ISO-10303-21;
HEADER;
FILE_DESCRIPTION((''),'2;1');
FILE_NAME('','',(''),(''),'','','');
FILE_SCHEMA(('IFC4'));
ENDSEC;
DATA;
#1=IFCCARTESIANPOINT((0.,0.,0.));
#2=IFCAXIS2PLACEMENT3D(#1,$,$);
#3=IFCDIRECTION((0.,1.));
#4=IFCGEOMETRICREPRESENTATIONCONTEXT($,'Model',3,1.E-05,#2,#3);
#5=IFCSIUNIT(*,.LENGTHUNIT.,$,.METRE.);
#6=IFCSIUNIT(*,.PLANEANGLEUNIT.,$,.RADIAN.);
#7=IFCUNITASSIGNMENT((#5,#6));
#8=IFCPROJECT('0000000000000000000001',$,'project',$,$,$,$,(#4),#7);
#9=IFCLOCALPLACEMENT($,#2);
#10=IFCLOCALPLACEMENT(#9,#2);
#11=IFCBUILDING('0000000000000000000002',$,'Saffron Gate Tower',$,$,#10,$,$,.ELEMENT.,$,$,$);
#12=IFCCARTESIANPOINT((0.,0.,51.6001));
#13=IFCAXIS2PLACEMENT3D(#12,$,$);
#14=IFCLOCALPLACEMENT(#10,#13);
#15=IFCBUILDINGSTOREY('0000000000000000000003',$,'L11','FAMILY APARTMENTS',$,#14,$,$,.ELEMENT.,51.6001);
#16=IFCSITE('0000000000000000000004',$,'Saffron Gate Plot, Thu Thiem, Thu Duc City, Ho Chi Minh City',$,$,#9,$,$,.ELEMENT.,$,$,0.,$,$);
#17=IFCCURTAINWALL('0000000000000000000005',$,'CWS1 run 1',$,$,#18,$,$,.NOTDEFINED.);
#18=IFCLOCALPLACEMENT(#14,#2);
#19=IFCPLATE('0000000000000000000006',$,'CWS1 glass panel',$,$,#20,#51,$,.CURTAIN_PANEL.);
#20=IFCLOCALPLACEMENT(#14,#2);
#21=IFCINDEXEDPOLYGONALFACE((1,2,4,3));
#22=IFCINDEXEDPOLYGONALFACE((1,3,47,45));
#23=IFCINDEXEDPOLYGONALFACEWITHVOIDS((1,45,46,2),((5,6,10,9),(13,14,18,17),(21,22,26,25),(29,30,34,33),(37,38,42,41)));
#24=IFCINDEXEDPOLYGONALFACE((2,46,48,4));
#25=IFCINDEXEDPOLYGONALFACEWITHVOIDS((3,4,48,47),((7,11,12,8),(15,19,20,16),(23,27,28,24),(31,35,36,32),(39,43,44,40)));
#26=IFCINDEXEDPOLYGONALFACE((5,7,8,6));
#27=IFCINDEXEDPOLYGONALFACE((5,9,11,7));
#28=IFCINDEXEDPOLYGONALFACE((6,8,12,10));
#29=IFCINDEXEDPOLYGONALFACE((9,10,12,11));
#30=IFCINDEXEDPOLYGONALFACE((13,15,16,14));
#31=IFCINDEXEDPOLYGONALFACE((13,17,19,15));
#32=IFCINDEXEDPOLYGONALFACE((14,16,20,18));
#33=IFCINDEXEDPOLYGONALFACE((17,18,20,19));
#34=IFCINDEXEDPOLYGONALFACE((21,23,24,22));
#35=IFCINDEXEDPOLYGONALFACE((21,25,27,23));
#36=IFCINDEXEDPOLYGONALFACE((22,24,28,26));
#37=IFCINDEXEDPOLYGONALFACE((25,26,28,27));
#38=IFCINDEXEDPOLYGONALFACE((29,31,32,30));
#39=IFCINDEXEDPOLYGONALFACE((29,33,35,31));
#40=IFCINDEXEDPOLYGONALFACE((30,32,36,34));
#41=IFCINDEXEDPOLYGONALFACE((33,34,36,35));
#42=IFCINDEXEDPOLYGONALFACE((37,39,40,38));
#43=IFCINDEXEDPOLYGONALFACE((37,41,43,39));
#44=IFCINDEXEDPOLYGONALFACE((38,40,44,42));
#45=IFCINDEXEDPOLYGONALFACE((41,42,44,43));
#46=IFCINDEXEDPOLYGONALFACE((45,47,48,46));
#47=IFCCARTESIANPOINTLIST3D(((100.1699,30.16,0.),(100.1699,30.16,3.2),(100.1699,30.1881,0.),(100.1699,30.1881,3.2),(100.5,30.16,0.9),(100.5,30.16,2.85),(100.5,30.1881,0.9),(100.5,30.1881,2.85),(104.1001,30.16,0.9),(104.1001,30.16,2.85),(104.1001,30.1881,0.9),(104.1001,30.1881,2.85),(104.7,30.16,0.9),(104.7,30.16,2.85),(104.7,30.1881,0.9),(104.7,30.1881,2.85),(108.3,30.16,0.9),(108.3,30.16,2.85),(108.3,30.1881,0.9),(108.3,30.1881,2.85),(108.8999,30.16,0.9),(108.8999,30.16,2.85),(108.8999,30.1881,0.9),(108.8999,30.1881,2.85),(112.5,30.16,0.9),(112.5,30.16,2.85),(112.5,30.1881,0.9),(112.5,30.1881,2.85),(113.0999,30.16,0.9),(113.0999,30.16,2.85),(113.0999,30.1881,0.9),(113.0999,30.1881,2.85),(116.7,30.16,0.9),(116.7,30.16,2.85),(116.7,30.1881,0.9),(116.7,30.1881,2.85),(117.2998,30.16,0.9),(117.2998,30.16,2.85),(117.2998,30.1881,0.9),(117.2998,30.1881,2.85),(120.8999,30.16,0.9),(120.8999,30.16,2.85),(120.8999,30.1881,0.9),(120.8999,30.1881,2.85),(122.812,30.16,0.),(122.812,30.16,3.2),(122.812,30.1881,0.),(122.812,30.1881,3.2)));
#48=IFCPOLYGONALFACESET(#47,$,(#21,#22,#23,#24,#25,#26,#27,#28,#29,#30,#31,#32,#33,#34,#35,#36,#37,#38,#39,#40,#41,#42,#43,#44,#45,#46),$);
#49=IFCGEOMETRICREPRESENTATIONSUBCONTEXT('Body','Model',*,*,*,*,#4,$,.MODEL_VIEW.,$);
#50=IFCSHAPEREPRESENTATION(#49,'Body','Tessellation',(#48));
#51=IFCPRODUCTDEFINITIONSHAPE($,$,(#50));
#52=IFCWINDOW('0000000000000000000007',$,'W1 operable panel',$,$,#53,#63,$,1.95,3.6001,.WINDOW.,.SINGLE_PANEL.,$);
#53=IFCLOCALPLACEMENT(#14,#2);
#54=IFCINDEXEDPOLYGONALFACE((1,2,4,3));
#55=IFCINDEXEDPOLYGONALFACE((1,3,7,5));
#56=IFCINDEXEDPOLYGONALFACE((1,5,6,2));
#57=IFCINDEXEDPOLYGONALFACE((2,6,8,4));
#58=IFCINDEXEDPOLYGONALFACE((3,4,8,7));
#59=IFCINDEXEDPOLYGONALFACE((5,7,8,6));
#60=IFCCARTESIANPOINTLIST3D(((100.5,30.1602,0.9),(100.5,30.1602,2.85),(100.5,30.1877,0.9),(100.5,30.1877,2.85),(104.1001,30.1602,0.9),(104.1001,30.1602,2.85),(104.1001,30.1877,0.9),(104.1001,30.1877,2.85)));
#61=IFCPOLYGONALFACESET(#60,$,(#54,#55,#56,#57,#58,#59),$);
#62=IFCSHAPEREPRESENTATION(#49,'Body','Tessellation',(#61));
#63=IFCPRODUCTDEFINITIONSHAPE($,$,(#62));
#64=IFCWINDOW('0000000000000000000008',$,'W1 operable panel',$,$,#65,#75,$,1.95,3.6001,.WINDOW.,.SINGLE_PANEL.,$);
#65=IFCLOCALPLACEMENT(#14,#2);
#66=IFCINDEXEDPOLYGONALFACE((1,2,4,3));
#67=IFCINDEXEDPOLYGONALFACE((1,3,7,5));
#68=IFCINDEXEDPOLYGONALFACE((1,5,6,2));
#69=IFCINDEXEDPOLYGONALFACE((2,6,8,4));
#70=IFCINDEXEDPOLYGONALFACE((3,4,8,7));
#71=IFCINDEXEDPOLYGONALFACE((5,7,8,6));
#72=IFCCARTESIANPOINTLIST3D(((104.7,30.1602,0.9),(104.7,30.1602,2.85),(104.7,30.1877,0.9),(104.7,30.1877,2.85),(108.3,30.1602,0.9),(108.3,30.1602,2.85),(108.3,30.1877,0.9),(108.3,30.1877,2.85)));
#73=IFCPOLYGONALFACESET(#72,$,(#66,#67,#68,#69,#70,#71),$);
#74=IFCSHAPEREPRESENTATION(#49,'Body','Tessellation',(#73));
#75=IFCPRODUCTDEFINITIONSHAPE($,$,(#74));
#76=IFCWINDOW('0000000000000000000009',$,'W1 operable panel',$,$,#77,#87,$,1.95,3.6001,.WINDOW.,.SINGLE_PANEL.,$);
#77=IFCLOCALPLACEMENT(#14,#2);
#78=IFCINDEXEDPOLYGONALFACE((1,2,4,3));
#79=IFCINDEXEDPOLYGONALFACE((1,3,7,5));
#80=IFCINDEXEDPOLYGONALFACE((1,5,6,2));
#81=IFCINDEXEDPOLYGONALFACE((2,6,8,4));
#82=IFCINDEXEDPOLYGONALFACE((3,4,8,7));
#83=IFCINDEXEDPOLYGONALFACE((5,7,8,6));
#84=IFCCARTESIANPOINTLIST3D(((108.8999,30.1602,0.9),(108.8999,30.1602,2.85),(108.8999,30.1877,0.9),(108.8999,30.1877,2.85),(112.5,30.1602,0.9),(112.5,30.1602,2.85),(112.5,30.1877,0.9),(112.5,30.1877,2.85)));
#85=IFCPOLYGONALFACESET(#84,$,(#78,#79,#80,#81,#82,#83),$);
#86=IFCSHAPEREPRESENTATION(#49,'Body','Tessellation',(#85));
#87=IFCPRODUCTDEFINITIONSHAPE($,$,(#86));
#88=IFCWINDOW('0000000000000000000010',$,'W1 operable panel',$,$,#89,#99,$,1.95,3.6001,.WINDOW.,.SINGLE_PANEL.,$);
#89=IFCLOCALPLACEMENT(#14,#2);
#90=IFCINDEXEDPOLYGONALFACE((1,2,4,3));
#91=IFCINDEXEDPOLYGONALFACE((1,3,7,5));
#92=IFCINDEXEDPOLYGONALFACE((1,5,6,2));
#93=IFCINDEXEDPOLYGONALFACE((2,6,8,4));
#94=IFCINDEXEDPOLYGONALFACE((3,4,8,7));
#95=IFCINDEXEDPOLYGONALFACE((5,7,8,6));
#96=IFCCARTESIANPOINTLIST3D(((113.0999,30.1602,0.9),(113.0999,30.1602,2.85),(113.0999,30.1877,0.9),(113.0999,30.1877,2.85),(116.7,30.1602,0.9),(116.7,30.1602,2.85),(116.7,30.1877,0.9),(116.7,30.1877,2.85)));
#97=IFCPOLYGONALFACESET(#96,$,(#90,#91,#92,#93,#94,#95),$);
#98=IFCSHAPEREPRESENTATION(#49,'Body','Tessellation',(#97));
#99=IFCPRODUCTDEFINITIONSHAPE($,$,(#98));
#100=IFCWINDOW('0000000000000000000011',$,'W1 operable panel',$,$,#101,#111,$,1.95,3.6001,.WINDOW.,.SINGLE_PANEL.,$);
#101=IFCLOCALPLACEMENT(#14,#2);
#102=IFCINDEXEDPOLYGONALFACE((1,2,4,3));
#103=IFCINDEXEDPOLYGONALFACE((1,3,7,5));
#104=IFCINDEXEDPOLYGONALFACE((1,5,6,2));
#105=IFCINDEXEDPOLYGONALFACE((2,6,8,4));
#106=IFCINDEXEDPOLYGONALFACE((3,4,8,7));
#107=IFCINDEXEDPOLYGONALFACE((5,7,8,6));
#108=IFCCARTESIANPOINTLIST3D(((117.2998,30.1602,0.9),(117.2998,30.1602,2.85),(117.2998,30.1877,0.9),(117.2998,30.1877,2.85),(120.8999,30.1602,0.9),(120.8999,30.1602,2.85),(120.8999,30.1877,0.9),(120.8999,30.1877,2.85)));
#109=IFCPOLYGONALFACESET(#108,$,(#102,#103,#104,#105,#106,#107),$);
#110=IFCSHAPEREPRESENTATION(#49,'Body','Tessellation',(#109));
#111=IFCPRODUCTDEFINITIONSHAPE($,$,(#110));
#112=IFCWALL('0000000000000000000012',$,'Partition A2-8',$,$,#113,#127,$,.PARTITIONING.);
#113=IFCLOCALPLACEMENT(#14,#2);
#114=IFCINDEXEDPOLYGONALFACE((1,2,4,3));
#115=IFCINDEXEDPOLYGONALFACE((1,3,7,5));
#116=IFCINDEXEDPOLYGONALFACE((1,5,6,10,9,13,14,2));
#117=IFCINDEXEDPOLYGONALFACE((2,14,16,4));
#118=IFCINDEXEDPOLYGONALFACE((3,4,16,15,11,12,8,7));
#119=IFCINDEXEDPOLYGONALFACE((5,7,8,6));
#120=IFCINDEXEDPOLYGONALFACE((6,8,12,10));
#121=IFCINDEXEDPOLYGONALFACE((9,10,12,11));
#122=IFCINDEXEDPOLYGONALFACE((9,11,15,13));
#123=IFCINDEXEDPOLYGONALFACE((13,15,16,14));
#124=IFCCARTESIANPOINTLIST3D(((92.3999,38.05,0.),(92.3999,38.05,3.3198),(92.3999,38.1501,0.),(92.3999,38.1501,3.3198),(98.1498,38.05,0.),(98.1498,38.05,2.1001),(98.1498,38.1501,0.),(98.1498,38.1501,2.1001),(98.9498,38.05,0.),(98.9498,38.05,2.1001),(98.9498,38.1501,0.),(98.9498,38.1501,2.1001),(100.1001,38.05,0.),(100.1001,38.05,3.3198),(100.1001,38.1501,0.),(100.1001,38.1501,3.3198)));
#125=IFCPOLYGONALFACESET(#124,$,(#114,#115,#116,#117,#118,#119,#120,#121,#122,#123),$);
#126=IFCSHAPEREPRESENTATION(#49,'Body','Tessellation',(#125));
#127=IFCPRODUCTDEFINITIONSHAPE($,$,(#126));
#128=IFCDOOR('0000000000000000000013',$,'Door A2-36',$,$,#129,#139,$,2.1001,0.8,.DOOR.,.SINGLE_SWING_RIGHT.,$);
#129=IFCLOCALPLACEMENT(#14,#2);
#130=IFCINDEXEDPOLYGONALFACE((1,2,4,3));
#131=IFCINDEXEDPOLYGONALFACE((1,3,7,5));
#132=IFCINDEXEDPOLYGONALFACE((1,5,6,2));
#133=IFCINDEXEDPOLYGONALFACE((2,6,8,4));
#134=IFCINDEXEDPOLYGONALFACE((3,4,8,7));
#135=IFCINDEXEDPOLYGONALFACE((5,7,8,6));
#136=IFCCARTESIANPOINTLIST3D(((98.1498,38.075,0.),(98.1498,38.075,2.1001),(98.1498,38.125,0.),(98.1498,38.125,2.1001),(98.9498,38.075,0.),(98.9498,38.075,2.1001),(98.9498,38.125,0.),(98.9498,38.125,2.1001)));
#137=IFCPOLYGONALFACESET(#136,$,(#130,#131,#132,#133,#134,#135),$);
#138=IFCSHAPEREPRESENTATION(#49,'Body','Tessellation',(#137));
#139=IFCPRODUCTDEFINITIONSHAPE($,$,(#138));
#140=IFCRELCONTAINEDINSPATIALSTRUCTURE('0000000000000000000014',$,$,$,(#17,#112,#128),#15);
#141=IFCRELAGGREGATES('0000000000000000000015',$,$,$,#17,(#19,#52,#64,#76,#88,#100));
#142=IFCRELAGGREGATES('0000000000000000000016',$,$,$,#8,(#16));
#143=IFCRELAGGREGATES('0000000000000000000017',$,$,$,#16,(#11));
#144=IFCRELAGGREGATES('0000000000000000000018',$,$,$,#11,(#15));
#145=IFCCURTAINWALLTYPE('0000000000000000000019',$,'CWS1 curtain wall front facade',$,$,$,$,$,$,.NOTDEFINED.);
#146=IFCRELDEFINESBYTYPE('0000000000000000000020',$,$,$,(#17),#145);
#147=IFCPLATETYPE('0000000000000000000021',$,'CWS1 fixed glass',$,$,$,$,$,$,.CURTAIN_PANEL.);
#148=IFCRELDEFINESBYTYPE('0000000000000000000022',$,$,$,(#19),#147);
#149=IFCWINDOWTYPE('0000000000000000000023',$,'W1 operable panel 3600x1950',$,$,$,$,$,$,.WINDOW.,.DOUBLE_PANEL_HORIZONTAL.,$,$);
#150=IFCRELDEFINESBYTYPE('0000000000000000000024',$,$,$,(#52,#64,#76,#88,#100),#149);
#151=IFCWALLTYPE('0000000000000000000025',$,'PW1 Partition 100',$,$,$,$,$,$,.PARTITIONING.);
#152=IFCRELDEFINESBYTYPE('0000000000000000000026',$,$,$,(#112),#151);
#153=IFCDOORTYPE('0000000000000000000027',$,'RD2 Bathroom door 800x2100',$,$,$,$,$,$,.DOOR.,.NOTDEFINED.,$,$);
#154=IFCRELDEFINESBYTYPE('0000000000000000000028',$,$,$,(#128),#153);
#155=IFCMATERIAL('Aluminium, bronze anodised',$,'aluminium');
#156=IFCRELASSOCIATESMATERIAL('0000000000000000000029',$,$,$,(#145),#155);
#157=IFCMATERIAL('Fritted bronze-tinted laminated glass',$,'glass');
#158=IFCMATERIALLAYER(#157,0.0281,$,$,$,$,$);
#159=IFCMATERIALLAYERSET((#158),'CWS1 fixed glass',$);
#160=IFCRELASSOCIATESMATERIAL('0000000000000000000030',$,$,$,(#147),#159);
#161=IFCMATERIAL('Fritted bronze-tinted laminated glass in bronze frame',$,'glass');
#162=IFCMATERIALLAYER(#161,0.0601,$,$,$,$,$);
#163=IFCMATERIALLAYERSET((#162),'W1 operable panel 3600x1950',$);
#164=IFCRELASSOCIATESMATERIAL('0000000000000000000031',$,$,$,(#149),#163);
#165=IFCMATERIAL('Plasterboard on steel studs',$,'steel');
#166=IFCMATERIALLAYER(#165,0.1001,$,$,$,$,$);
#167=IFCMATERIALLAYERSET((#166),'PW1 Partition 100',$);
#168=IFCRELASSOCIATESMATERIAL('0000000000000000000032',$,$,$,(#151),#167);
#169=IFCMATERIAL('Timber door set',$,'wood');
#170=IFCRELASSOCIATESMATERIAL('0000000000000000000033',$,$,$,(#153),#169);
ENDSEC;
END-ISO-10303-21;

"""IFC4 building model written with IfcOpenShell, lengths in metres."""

from ifc_helpers import new_model, si_unit, direction, frame, frame_2d, origin, place, context, subcontext, project, spatial, rectangle, extrude, material, layer, layer_set, type_object, element, fill, aggregate, save


model = new_model("IFC4")

# Units and contexts
model_context = context("Model", 3, precision=1e-05, world=origin(), true_north=direction((0.0, 1.0)))
body_context = subcontext(model_context, "Body", "Model", "MODEL_VIEW")
ifc_project = project(units=[si_unit("LENGTHUNIT", "METRE"), si_unit("PLANEANGLEUNIT", "RADIAN")], contexts=[model_context])

# Site, building, storey
site_placement = place(None, origin())
site = spatial("IfcSite", under=ifc_project, at=site_placement, Name="Saffron Gate Plot, Thu Thiem, Thu Duc City, Ho Chi Minh City", CompositionType="ELEMENT", RefElevation=0.0)
building_placement = place(site_placement, origin())
building = spatial("IfcBuilding", under=site, at=building_placement, Name="Saffron Gate Tower", CompositionType="ELEMENT")
storey_placement = place(building_placement, frame((0.0, 0.0, 51.6001)))
storey = spatial("IfcBuildingStorey", under=building, at=storey_placement, Name="L11", Description="FAMILY APARTMENTS", CompositionType="ELEMENT", Elevation=51.6001)

# Curtain wall, plate, openings, windows
ifc_material_1 = material(Name="Aluminium, bronze anodised", Category="aluminium")
curtain_wall_type = type_object("IfcCurtainWallType", Name="CWS1 curtain wall front facade", PredefinedType="NOTDEFINED", material=ifc_material_1)
curtain_wall_placement = place(storey_placement, origin())
curtain_wall = element("IfcCurtainWall", 1, at=curtain_wall_placement, inside=storey, type_object=curtain_wall_type, Name="CWS1 run 1", PredefinedType="NOTDEFINED")
ifc_material_2 = material(Name="Fritted bronze-tinted laminated glass", Category="glass")
ifc_layer_1 = layer(ifc_material_2, 0.0281)
ifc_layer_set_1 = layer_set([ifc_layer_1], Name="CWS1 fixed glass")
plate_type = type_object("IfcPlateType", Name="CWS1 fixed glass", PredefinedType="CURTAIN_PANEL", material=ifc_layer_set_1)
plate_placement = place(storey_placement, frame((100.1699, 30.1741, 0.0), z_axis=(0.0, 0.0, 1.0), x_axis=(1.0, 0.0, 0.0)))
plate = element("IfcPlate", 2, at=plate_placement, type_object=plate_type, Name="CWS1 glass panel", PredefinedType="CURTAIN_PANEL", context=body_context, shape_type="SweptSolid", body=[
    extrude(rectangle(XDim=22.6421, YDim=0.0281, at=frame_2d((11.321, 0.0))), origin(), (0.0, 0.0, 1.0), 3.2),
])
opening_1_placement = place(plate_placement, frame((0.3301, 0.0, 0.8999)))
opening_1 = element("IfcOpeningElement", 3, at=opening_1_placement, cuts=plate, PredefinedType="OPENING", context=body_context, shape_type="SweptSolid", body=[
    extrude(rectangle(XDim=3.6001, YDim=1.95, at=frame_2d((1.8, 0.9751))), frame((0.0, 0.0239, 0.0), z_axis=(0.0, -1.0, 0.0), x_axis=(1.0, 0.0, 0.0)), (0.0, 0.0, 1.0), 0.0481),
])
opening_2_placement = place(plate_placement, frame((4.53, 0.0, 0.8999)))
opening_2 = element("IfcOpeningElement", 4, at=opening_2_placement, cuts=plate, PredefinedType="OPENING", context=body_context, shape_type="SweptSolid", body=[
    extrude(rectangle(XDim=3.6001, YDim=1.95, at=frame_2d((1.8, 0.9751))), frame((0.0, 0.0239, 0.0), z_axis=(0.0, -1.0, 0.0), x_axis=(1.0, 0.0, 0.0)), (0.0, 0.0, 1.0), 0.0481),
])
opening_3_placement = place(plate_placement, frame((8.73, 0.0, 0.8999)))
opening_3 = element("IfcOpeningElement", 5, at=opening_3_placement, cuts=plate, PredefinedType="OPENING", context=body_context, shape_type="SweptSolid", body=[
    extrude(rectangle(XDim=3.6001, YDim=1.95, at=frame_2d((1.8, 0.9751))), frame((0.0, 0.0239, 0.0), z_axis=(0.0, -1.0, 0.0), x_axis=(1.0, 0.0, 0.0)), (0.0, 0.0, 1.0), 0.0481),
])
opening_4_placement = place(plate_placement, frame((12.9299, 0.0, 0.8999)))
opening_4 = element("IfcOpeningElement", 6, at=opening_4_placement, cuts=plate, PredefinedType="OPENING", context=body_context, shape_type="SweptSolid", body=[
    extrude(rectangle(XDim=3.6001, YDim=1.95, at=frame_2d((1.8, 0.9751))), frame((0.0, 0.0239, 0.0), z_axis=(0.0, -1.0, 0.0), x_axis=(1.0, 0.0, 0.0)), (0.0, 0.0, 1.0), 0.0481),
])
opening_5_placement = place(plate_placement, frame((17.1299, 0.0, 0.8999)))
opening_5 = element("IfcOpeningElement", 7, at=opening_5_placement, cuts=plate, PredefinedType="OPENING", context=body_context, shape_type="SweptSolid", body=[
    extrude(rectangle(XDim=3.6001, YDim=1.95, at=frame_2d((1.8, 0.9751))), frame((0.0, 0.0239, 0.0), z_axis=(0.0, -1.0, 0.0), x_axis=(1.0, 0.0, 0.0)), (0.0, 0.0, 1.0), 0.0481),
])
ifc_material_3 = material(Name="Fritted bronze-tinted laminated glass in bronze frame", Category="glass")
ifc_layer_2 = layer(ifc_material_3, 0.0601)
ifc_layer_set_2 = layer_set([ifc_layer_2], Name="W1 operable panel 3600x1950")
window_type = type_object("IfcWindowType", Name="W1 operable panel 3600x1950", PartitioningType="DOUBLE_PANEL_HORIZONTAL", PredefinedType="WINDOW", material=ifc_layer_set_2)
window_1_placement = place(opening_1_placement, origin())
window_1 = element("IfcWindow", 8, at=window_1_placement, type_object=window_type, Name="W1 operable panel", OverallHeight=1.95, OverallWidth=3.6001, PartitioningType="SINGLE_PANEL", PredefinedType="WINDOW", context=body_context, shape_type="SweptSolid", body=[
    extrude(rectangle(XDim=3.6001, YDim=1.95, at=frame_2d((1.8, 0.9751))), frame((0.0, 0.0137, 0.0), z_axis=(0.0, -1.0, 0.0), x_axis=(1.0, 0.0, 0.0)), (0.0, 0.0, 1.0), 0.0276),
])
fill(opening_1, window_1)
window_2_placement = place(opening_2_placement, origin())
window_2 = element("IfcWindow", 9, at=window_2_placement, type_object=window_type, Name="W1 operable panel", OverallHeight=1.95, OverallWidth=3.6001, PartitioningType="SINGLE_PANEL", PredefinedType="WINDOW", context=body_context, shape_type="SweptSolid", body=[
    extrude(rectangle(XDim=3.6001, YDim=1.95, at=frame_2d((1.8, 0.9751))), frame((0.0, 0.0137, 0.0), z_axis=(0.0, -1.0, 0.0), x_axis=(1.0, 0.0, 0.0)), (0.0, 0.0, 1.0), 0.0276),
])
fill(opening_2, window_2)
window_3_placement = place(opening_3_placement, origin())
window_3 = element("IfcWindow", 10, at=window_3_placement, type_object=window_type, Name="W1 operable panel", OverallHeight=1.95, OverallWidth=3.6001, PartitioningType="SINGLE_PANEL", PredefinedType="WINDOW", context=body_context, shape_type="SweptSolid", body=[
    extrude(rectangle(XDim=3.6001, YDim=1.95, at=frame_2d((1.8, 0.9751))), frame((0.0, 0.0137, 0.0), z_axis=(0.0, -1.0, 0.0), x_axis=(1.0, 0.0, 0.0)), (0.0, 0.0, 1.0), 0.0276),
])
fill(opening_3, window_3)
window_4_placement = place(opening_4_placement, origin())
window_4 = element("IfcWindow", 11, at=window_4_placement, type_object=window_type, Name="W1 operable panel", OverallHeight=1.95, OverallWidth=3.6001, PartitioningType="SINGLE_PANEL", PredefinedType="WINDOW", context=body_context, shape_type="SweptSolid", body=[
    extrude(rectangle(XDim=3.6001, YDim=1.95, at=frame_2d((1.8, 0.9751))), frame((0.0, 0.0137, 0.0), z_axis=(0.0, -1.0, 0.0), x_axis=(1.0, 0.0, 0.0)), (0.0, 0.0, 1.0), 0.0276),
])
fill(opening_4, window_4)
window_5_placement = place(opening_5_placement, origin())
window_5 = element("IfcWindow", 12, at=window_5_placement, type_object=window_type, Name="W1 operable panel", OverallHeight=1.95, OverallWidth=3.6001, PartitioningType="SINGLE_PANEL", PredefinedType="WINDOW", context=body_context, shape_type="SweptSolid", body=[
    extrude(rectangle(XDim=3.6001, YDim=1.95, at=frame_2d((1.8, 0.9751))), frame((0.0, 0.0137, 0.0), z_axis=(0.0, -1.0, 0.0), x_axis=(1.0, 0.0, 0.0)), (0.0, 0.0, 1.0), 0.0276),
])
fill(opening_5, window_5)
aggregate(curtain_wall, [plate, window_1, window_2, window_3, window_4, window_5])

# Wall, opening, door
ifc_material_4 = material(Name="Plasterboard on steel studs", Category="steel")
ifc_layer_3 = layer(ifc_material_4, 0.1001)
ifc_layer_set_3 = layer_set([ifc_layer_3], Name="PW1 Partition 100")
wall_type_1 = type_object("IfcWallType", Name="PW1 Partition 100", PredefinedType="PARTITIONING", material=ifc_layer_set_3)
wall_1_placement = place(storey_placement, frame((92.3999, 38.1001, 0.0), z_axis=(0.0, 0.0, 1.0), x_axis=(1.0, 0.0, 0.0)))
wall_1 = element("IfcWall", 13, at=wall_1_placement, inside=storey, type_object=wall_type_1, Name="Partition A2-8", PredefinedType="PARTITIONING", context=body_context, shape_type="SweptSolid", body=[
    extrude(rectangle(XDim=7.7002, YDim=0.1001, at=frame_2d((3.8501, 0.0))), origin(), (0.0, 0.0, 1.0), 3.3198),
])
opening_6_placement = place(wall_1_placement, frame((5.75, 0.0, 0.0)))
opening_6 = element("IfcOpeningElement", 14, at=opening_6_placement, cuts=wall_1, PredefinedType="OPENING", context=body_context, shape_type="SweptSolid", body=[
    extrude(rectangle(XDim=0.8, YDim=2.1001, at=frame_2d((0.3999, 1.05))), frame((0.0, 0.0601, 0.0), z_axis=(0.0, -1.0, 0.0), x_axis=(1.0, 0.0, 0.0)), (0.0, 0.0, 1.0), 0.1201),
])
ifc_material_5 = material(Name="Timber door set", Category="wood")
door_type_1 = type_object("IfcDoorType", Name="RD2 Bathroom door 800x2100", OperationType="NOTDEFINED", PredefinedType="DOOR", material=ifc_material_5)
door_1_placement = place(opening_6_placement, origin())
door_1 = element("IfcDoor", 15, at=door_1_placement, inside=storey, type_object=door_type_1, Name="Door A2-36", OperationType="SINGLE_SWING_RIGHT", OverallHeight=2.1001, OverallWidth=0.8, PredefinedType="DOOR", context=body_context, shape_type="SweptSolid", body=[
    extrude(rectangle(XDim=0.8, YDim=2.1001, at=frame_2d((0.3999, 1.05))), frame((0.0, 0.0249, 0.0), z_axis=(0.0, -1.0, 0.0), x_axis=(1.0, 0.0, 0.0)), (0.0, 0.0, 1.0), 0.05),
])
fill(opening_6, door_1)

save(model, "model.ifc")
